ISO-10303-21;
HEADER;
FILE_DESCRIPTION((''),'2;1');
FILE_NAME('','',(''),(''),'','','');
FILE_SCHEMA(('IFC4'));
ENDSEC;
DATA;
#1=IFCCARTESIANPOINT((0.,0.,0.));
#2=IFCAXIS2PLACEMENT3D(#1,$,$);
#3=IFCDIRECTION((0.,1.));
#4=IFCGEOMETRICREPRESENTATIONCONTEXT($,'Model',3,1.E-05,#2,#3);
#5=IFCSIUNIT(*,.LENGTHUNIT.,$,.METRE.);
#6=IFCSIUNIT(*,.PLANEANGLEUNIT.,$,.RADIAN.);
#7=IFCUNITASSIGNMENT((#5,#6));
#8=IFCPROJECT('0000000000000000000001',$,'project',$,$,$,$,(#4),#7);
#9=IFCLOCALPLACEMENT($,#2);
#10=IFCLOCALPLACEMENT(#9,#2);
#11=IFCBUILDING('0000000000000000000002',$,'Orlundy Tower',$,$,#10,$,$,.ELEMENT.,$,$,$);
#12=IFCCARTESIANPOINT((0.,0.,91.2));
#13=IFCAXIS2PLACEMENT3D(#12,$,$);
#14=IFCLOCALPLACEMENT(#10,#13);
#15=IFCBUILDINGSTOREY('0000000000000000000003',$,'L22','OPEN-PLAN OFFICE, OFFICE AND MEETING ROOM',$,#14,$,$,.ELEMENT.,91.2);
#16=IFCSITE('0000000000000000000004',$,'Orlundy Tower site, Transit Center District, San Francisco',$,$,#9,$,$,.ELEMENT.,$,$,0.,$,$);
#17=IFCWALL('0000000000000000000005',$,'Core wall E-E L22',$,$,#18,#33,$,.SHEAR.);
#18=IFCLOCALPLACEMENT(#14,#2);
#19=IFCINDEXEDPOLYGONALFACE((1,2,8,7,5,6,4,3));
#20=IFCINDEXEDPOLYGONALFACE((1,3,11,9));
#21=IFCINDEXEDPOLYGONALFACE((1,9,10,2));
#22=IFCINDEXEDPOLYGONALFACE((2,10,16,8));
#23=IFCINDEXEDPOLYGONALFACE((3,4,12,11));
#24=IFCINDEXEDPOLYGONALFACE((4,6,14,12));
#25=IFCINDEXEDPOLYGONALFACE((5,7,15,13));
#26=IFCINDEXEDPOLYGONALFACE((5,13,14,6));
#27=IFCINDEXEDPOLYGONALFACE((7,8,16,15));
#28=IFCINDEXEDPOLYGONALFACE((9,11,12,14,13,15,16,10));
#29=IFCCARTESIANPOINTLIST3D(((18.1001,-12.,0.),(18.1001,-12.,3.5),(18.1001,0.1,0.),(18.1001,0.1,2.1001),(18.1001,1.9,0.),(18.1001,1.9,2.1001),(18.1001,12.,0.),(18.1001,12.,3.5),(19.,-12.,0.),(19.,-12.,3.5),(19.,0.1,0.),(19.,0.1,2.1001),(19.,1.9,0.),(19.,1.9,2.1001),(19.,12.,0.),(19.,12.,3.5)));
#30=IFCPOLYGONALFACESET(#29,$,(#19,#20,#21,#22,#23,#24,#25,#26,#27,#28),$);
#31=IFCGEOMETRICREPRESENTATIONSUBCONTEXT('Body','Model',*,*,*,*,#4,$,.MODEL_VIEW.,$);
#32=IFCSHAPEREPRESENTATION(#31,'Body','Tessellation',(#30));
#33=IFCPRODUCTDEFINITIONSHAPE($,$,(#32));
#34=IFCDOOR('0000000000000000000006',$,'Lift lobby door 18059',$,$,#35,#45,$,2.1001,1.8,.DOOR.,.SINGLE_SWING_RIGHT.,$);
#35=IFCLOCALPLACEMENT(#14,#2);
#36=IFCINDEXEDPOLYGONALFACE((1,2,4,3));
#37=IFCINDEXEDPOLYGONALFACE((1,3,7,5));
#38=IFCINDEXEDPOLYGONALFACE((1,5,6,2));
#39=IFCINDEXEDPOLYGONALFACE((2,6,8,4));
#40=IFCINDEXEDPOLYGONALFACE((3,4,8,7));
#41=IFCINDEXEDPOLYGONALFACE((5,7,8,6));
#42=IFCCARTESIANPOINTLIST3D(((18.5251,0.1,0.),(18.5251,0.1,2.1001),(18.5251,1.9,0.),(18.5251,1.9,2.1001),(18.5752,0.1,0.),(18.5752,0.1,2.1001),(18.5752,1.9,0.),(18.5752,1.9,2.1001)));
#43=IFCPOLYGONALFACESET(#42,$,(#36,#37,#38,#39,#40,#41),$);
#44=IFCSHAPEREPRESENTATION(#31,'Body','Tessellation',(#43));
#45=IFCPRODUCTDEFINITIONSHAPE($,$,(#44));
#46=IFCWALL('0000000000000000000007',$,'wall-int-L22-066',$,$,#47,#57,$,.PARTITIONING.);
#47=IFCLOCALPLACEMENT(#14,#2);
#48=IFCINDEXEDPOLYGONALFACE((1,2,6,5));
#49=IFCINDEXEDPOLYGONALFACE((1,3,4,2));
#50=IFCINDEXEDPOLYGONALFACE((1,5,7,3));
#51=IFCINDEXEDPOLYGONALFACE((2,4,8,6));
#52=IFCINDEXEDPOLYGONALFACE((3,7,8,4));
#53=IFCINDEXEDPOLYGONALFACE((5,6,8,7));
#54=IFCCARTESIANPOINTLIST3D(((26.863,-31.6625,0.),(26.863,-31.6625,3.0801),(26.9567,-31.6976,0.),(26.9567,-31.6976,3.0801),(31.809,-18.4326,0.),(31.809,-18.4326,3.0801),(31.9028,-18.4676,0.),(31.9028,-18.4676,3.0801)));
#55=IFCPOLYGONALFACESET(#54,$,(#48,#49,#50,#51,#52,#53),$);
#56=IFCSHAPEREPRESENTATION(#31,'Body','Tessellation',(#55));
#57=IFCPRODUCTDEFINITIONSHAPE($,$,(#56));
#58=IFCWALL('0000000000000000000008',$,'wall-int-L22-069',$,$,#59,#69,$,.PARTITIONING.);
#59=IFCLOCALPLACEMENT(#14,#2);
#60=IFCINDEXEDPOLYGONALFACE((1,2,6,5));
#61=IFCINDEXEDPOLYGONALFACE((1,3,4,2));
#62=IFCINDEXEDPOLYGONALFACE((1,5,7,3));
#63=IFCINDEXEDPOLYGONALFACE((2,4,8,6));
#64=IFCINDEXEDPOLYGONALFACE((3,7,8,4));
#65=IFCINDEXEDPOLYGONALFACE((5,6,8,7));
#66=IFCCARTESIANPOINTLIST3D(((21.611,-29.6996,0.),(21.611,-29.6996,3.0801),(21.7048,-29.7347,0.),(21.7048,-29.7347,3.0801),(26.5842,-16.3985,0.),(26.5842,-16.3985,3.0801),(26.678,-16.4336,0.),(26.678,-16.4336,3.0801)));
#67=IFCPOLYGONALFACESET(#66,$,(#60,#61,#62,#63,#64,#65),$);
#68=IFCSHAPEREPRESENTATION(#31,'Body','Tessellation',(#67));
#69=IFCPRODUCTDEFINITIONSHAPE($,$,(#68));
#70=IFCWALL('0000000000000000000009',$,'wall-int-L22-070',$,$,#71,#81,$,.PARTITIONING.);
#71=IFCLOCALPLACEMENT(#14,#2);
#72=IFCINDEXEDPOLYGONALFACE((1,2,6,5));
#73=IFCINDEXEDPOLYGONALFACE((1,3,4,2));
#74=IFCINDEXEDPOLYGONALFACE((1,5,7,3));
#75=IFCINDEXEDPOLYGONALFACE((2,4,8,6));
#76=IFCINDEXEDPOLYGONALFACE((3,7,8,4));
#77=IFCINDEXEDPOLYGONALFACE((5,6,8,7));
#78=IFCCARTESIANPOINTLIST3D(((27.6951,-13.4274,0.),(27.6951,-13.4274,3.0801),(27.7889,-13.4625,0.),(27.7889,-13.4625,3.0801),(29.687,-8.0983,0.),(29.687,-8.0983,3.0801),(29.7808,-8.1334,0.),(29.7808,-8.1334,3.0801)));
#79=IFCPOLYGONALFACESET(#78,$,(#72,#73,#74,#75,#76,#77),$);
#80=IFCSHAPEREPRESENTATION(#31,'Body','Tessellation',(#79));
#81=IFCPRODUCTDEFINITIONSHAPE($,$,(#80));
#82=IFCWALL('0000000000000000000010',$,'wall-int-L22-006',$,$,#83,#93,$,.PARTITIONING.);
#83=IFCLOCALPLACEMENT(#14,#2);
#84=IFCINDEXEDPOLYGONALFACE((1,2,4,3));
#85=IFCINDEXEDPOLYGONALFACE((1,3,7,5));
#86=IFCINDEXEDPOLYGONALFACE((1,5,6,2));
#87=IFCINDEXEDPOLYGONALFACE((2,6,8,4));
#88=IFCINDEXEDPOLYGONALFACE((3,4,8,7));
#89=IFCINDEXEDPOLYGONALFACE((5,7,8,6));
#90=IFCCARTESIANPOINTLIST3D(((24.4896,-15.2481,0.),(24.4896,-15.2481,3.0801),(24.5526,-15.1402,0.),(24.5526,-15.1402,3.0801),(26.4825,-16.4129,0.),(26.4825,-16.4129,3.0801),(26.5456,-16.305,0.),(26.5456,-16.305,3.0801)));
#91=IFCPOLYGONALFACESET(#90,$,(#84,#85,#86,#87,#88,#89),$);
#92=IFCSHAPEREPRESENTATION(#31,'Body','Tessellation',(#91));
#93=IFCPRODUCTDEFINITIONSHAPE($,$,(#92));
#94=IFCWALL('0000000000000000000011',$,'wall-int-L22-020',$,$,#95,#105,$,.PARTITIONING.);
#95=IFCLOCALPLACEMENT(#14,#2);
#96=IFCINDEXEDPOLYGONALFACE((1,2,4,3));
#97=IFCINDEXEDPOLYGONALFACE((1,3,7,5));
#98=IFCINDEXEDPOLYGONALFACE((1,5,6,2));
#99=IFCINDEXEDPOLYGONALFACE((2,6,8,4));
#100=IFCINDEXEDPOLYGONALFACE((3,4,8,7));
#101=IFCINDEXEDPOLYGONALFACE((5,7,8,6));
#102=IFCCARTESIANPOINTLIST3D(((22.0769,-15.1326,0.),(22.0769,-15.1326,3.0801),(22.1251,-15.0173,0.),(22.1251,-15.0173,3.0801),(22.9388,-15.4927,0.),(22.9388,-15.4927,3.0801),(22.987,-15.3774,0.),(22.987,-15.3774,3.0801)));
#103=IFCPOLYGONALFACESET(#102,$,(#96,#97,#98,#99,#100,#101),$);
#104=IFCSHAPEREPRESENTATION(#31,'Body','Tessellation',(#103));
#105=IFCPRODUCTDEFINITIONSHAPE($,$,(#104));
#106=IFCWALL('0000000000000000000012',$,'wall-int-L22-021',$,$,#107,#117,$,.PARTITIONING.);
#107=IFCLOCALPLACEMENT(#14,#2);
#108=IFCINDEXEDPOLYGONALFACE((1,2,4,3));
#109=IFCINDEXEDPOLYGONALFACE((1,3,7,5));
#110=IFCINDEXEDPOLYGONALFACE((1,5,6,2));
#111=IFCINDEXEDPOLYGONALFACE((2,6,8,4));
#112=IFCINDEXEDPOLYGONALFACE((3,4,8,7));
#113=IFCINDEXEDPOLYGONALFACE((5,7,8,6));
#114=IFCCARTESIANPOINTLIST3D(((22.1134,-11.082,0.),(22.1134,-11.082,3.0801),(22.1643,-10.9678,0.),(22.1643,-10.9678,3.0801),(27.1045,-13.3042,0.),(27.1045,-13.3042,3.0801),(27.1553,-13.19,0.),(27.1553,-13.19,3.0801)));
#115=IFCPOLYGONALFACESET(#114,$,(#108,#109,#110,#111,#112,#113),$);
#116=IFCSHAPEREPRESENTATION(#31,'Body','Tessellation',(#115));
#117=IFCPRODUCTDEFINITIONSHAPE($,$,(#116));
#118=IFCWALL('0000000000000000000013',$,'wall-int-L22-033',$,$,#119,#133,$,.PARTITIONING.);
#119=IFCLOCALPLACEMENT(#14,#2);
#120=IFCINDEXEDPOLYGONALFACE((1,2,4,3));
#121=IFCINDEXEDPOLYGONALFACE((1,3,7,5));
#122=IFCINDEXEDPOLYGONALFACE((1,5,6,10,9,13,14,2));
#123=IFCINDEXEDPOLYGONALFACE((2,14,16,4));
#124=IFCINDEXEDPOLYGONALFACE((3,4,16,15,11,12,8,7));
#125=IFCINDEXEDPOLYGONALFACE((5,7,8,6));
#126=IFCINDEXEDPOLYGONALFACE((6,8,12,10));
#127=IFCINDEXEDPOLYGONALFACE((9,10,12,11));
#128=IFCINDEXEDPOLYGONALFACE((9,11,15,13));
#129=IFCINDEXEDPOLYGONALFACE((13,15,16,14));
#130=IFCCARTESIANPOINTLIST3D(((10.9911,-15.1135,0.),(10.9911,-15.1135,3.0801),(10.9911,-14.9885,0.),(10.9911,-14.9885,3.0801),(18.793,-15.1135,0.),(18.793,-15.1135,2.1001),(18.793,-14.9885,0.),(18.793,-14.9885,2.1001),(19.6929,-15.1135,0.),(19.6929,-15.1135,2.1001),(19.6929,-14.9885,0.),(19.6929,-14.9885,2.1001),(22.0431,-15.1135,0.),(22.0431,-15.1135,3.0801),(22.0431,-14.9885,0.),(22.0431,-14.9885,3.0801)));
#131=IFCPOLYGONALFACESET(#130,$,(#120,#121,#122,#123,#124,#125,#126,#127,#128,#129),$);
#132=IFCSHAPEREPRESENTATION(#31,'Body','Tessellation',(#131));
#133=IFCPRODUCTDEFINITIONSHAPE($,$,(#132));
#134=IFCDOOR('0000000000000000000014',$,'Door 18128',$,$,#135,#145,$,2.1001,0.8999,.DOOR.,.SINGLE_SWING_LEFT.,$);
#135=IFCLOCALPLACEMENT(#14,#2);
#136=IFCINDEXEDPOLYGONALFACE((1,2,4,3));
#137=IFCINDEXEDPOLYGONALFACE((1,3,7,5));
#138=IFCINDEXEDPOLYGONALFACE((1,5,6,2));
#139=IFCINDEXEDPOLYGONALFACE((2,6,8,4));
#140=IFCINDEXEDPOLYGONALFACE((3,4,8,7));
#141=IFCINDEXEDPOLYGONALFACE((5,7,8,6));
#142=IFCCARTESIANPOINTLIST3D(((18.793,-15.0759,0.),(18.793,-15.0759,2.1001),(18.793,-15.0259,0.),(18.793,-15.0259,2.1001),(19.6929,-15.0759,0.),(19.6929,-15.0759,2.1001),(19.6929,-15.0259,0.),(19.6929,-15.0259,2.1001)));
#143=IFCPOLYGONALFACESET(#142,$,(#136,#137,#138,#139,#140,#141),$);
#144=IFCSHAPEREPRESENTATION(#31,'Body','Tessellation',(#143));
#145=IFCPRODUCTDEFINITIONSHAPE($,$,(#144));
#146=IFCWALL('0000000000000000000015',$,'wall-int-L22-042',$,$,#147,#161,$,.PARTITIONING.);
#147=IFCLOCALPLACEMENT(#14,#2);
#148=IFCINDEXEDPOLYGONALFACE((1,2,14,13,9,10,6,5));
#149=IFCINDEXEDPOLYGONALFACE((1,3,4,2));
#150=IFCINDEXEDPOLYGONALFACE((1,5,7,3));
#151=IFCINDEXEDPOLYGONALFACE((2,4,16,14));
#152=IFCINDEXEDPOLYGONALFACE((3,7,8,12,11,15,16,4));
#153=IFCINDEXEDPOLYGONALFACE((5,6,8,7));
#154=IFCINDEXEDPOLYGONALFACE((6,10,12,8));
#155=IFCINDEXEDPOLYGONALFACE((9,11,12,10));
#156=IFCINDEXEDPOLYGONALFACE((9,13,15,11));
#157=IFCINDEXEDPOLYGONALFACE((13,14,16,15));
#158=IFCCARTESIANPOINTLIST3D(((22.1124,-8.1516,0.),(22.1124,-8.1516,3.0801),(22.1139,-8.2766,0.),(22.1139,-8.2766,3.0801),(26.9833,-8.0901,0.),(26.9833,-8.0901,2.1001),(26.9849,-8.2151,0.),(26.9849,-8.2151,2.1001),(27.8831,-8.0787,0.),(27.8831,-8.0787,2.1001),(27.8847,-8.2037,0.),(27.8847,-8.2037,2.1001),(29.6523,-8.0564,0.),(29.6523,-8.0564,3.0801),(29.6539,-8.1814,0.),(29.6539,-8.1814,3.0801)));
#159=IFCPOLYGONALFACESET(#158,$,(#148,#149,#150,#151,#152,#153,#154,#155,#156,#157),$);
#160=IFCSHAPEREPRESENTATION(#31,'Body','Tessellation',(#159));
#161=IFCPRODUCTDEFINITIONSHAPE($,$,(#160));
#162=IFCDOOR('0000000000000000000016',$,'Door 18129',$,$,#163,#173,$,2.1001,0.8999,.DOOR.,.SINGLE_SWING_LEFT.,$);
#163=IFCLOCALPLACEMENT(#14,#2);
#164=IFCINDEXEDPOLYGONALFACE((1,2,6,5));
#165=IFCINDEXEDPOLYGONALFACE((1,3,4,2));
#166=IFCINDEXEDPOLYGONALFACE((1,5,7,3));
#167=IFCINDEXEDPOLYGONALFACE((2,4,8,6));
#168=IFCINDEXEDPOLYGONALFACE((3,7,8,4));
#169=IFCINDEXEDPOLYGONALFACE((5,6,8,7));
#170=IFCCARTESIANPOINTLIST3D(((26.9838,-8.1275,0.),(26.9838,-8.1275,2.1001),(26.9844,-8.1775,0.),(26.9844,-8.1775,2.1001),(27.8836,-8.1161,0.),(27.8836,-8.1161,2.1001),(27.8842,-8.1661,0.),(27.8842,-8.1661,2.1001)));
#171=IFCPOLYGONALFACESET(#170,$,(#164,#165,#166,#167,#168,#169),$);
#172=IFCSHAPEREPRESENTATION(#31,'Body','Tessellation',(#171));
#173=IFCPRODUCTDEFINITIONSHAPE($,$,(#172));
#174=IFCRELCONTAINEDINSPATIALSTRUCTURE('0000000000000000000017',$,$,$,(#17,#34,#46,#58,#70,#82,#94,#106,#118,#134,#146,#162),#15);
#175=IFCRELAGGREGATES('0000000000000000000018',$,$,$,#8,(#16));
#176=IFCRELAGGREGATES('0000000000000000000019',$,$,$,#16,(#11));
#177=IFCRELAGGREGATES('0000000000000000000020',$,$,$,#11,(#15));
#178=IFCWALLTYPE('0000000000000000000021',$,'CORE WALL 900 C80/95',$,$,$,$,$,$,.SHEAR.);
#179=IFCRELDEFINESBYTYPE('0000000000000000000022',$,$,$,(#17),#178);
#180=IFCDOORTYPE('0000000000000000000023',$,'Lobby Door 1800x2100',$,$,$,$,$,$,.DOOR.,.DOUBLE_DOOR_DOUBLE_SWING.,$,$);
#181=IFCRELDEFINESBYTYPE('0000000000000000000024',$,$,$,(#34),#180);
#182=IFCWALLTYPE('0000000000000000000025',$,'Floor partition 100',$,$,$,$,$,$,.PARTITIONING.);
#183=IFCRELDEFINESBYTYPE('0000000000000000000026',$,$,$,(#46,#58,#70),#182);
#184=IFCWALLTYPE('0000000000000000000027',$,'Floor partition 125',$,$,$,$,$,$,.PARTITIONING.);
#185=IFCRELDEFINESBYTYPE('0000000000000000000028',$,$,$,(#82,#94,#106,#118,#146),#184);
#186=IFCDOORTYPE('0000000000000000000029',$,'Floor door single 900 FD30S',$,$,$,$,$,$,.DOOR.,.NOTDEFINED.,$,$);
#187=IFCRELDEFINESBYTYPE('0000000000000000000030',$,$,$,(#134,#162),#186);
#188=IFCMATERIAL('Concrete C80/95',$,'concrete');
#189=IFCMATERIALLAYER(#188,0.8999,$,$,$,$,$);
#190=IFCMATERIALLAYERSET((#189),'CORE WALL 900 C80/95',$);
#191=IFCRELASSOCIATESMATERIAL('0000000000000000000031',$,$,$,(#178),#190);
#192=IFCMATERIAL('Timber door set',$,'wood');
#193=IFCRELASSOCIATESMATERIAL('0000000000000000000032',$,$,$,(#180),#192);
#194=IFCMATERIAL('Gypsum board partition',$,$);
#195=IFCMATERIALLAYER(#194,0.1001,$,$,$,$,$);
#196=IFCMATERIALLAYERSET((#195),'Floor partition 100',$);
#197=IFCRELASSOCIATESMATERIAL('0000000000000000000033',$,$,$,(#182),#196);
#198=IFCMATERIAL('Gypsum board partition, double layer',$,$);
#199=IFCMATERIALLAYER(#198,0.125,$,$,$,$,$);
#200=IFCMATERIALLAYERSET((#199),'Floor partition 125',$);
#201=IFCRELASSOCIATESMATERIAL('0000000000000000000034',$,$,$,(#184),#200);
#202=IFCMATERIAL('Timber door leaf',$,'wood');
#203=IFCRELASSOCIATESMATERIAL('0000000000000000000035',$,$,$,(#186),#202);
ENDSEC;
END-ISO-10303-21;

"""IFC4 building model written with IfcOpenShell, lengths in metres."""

from ifc_helpers import new_model, si_unit, direction, frame, frame_2d, origin, place, context, subcontext, project, spatial, rectangle, extrude, material, layer, layer_set, type_object, element, fill, save


model = new_model("IFC4")

# Units and contexts
model_context = context("Model", 3, precision=1e-05, world=origin(), true_north=direction((0.0, 1.0)))
body_context = subcontext(model_context, "Body", "Model", "MODEL_VIEW")
ifc_project = project(units=[si_unit("LENGTHUNIT", "METRE"), si_unit("PLANEANGLEUNIT", "RADIAN")], contexts=[model_context])

# Site, building, storey
site_placement = place(None, origin())
site = spatial("IfcSite", under=ifc_project, at=site_placement, Name="Orlundy Tower site, Transit Center District, San Francisco", CompositionType="ELEMENT", RefElevation=0.0)
building_placement = place(site_placement, origin())
building = spatial("IfcBuilding", under=site, at=building_placement, Name="Orlundy Tower", CompositionType="ELEMENT")
storey_placement = place(building_placement, frame((0.0, 0.0, 91.2)))
storey = spatial("IfcBuildingStorey", under=building, at=storey_placement, Name="L22", Description="OPEN-PLAN OFFICE, OFFICE AND MEETING ROOM", CompositionType="ELEMENT", Elevation=91.2)

# Wall, opening, door
ifc_material_1 = material(Name="Concrete C80/95", Category="concrete")
ifc_layer_1 = layer(ifc_material_1, 0.8999)
ifc_layer_set_1 = layer_set([ifc_layer_1], Name="CORE WALL 900 C80/95")
wall_type_1 = type_object("IfcWallType", Name="CORE WALL 900 C80/95", PredefinedType="SHEAR", material=ifc_layer_set_1)
wall_1_placement = place(storey_placement, frame((18.55, -12.0, 0.0), z_axis=(0.0, 0.0, 1.0), x_axis=(0.0, 1.0, 0.0)))
wall_1 = element("IfcWall", 1, at=wall_1_placement, inside=storey, type_object=wall_type_1, Name="Core wall E-E L22", PredefinedType="SHEAR", context=body_context, shape_type="SweptSolid", body=[
    extrude(rectangle(XDim=24.0, YDim=0.8999, at=frame_2d((12.0, 0.0))), origin(), (0.0, 0.0, 1.0), 3.5),
])
opening_1_placement = place(wall_1_placement, frame((12.1001, 0.0, 0.0)))
opening_1 = element("IfcOpeningElement", 2, at=opening_1_placement, cuts=wall_1, PredefinedType="OPENING", context=body_context, shape_type="SweptSolid", body=[
    extrude(rectangle(XDim=1.8, YDim=2.1001, at=frame_2d((0.8999, 1.05))), frame((0.0, 0.46, 0.0), z_axis=(0.0, -1.0, 0.0), x_axis=(1.0, 0.0, 0.0)), (0.0, 0.0, 1.0), 0.9199),
])
ifc_material_2 = material(Name="Timber door set", Category="wood")
door_type_1 = type_object("IfcDoorType", Name="Lobby Door 1800x2100", OperationType="DOUBLE_DOOR_DOUBLE_SWING", PredefinedType="DOOR", material=ifc_material_2)
door_1_placement = place(opening_1_placement, origin())
door_1 = element("IfcDoor", 3, at=door_1_placement, inside=storey, type_object=door_type_1, Name="Lift lobby door 18059", OperationType="SINGLE_SWING_RIGHT", OverallHeight=2.1001, OverallWidth=1.8, PredefinedType="DOOR", context=body_context, shape_type="SweptSolid", body=[
    extrude(rectangle(XDim=1.8, YDim=2.1001, at=frame_2d((0.8999, 1.05))), frame((0.0, 0.0249, 0.0), z_axis=(0.0, -1.0, 0.0), x_axis=(1.0, 0.0, 0.0)), (0.0, 0.0, 1.0), 0.05),
])
fill(opening_1, door_1)

# Walls
ifc_material_3 = material(Name="Gypsum board partition")
ifc_layer_2 = layer(ifc_material_3, 0.1001)
ifc_layer_set_2 = layer_set([ifc_layer_2], Name="Floor partition 100")
wall_type_2 = type_object("IfcWallType", Name="Floor partition 100", PredefinedType="PARTITIONING", material=ifc_layer_set_2)
wall_2_placement = place(storey_placement, frame((26.9099, -31.6799, 0.0), z_axis=(0.0, 0.0, 1.0), x_axis=(0.35018, 0.936682, 0.0)))
element("IfcWall", 4, at=wall_2_placement, inside=storey, type_object=wall_type_2, Name="wall-int-L22-066", PredefinedType="PARTITIONING", context=body_context, shape_type="SweptSolid", body=[
    extrude(rectangle(XDim=14.1243, YDim=0.1001, at=frame_2d((7.062, 0.0))), origin(), (0.0, 0.0, 1.0), 3.0801),
])
wall_3_placement = place(storey_placement, frame((21.658, -29.717, 0.0), z_axis=(0.0, 0.0, 1.0), x_axis=(0.350213, 0.93667, 0.0)))
element("IfcWall", 5, at=wall_3_placement, inside=storey, type_object=wall_type_2, Name="wall-int-L22-069", PredefinedType="PARTITIONING", context=body_context, shape_type="SweptSolid", body=[
    extrude(rectangle(XDim=14.2004, YDim=0.1001, at=frame_2d((7.1001, 0.0))), origin(), (0.0, 0.0, 1.0), 3.0801),
])
wall_4_placement = place(storey_placement, frame((27.7419, -13.4451, 0.0), z_axis=(0.0, 0.0, 1.0), x_axis=(0.350126, 0.936703, 0.0)))
element("IfcWall", 6, at=wall_4_placement, inside=storey, type_object=wall_type_2, Name="wall-int-L22-070", PredefinedType="PARTITIONING", context=body_context, shape_type="SweptSolid", body=[
    extrude(rectangle(XDim=5.6892, YDim=0.1001, at=frame_2d((2.8447, 0.0))), origin(), (0.0, 0.0, 1.0), 3.0801),
])
ifc_material_4 = material(Name="Gypsum board partition, double layer")
ifc_layer_3 = layer(ifc_material_4, 0.125)
ifc_layer_set_3 = layer_set([ifc_layer_3], Name="Floor partition 125")
wall_type_3 = type_object("IfcWallType", Name="Floor partition 125", PredefinedType="PARTITIONING", material=ifc_layer_set_3)
wall_5_placement = place(storey_placement, frame((24.521, -15.1941, 0.0), z_axis=(0.0, 0.0, 1.0), x_axis=(0.863353, -0.504601, 0.0)))
element("IfcWall", 7, at=wall_5_placement, inside=storey, type_object=wall_type_3, Name="wall-int-L22-006", PredefinedType="PARTITIONING", context=body_context, shape_type="SweptSolid", body=[
    extrude(rectangle(XDim=2.3083, YDim=0.125, at=frame_2d((1.1543, 0.0))), origin(), (0.0, 0.0, 1.0), 3.0801),
])
wall_6_placement = place(storey_placement, frame((22.9629, -15.4351, 0.0), z_axis=(0.0, 0.0, 1.0), x_axis=(-0.92269, 0.385543, 0.0)))
element("IfcWall", 8, at=wall_6_placement, inside=storey, type_object=wall_type_3, Name="wall-int-L22-020", PredefinedType="PARTITIONING", context=body_context, shape_type="SweptSolid", body=[
    extrude(rectangle(XDim=0.9341, YDim=0.125, at=frame_2d((0.467, 0.0))), origin(), (0.0, 0.0, 1.0), 3.0801),
])
wall_7_placement = place(storey_placement, frame((27.1299, -13.2471, 0.0), z_axis=(0.0, 0.0, 1.0), x_axis=(-0.913542, 0.406744, 0.0)))
element("IfcWall", 9, at=wall_7_placement, inside=storey, type_object=wall_type_3, Name="wall-int-L22-021", PredefinedType="PARTITIONING", context=body_context, shape_type="SweptSolid", body=[
    extrude(rectangle(XDim=5.4634, YDim=0.125, at=frame_2d((2.7317, 0.0))), origin(), (0.0, 0.0, 1.0), 3.0801),
])

# Walls, openings, doors
wall_8_placement = place(storey_placement, frame((22.043, -15.051, 0.0), z_axis=(0.0, 0.0, 1.0), x_axis=(-1.0, 0.0, 0.0)))
wall_8 = element("IfcWall", 10, at=wall_8_placement, inside=storey, type_object=wall_type_3, Name="wall-int-L22-033", PredefinedType="PARTITIONING", context=body_context, shape_type="SweptSolid", body=[
    extrude(rectangle(XDim=11.052, YDim=0.125, at=frame_2d((5.5259, 0.0))), origin(), (0.0, 0.0, 1.0), 3.0801),
])
opening_2_placement = place(wall_8_placement, frame((2.3501, 0.0, 0.0)))
opening_2 = element("IfcOpeningElement", 11, at=opening_2_placement, cuts=wall_8, PredefinedType="OPENING", context=body_context, shape_type="SweptSolid", body=[
    extrude(rectangle(XDim=0.8999, YDim=2.1001, at=frame_2d((0.45, 1.05))), frame((0.0, 0.0725, 0.0), z_axis=(0.0, -1.0, 0.0), x_axis=(1.0, 0.0, 0.0)), (0.0, 0.0, 1.0), 0.145),
])
ifc_material_5 = material(Name="Timber door leaf", Category="wood")
door_type_2 = type_object("IfcDoorType", Name="Floor door single 900 FD30S", OperationType="NOTDEFINED", PredefinedType="DOOR", material=ifc_material_5)
door_2_placement = place(opening_2_placement, origin())
door_2 = element("IfcDoor", 12, at=door_2_placement, inside=storey, type_object=door_type_2, Name="Door 18128", OperationType="SINGLE_SWING_LEFT", OverallHeight=2.1001, OverallWidth=0.8999, PredefinedType="DOOR", context=body_context, shape_type="SweptSolid", body=[
    extrude(rectangle(XDim=0.8999, YDim=2.1001, at=frame_2d((0.45, 1.05))), frame((0.0, 0.0249, 0.0), z_axis=(0.0, -1.0, 0.0), x_axis=(1.0, 0.0, 0.0)), (0.0, 0.0, 1.0), 0.05),
])
fill(opening_2, door_2)
wall_9_placement = place(storey_placement, frame((29.6531, -8.1189, 0.0), z_axis=(0.0, 0.0, 1.0), x_axis=(-0.99992, -0.012627, 0.0)))
wall_9 = element("IfcWall", 13, at=wall_9_placement, inside=storey, type_object=wall_type_3, Name="wall-int-L22-042", PredefinedType="PARTITIONING", context=body_context, shape_type="SweptSolid", body=[
    extrude(rectangle(XDim=7.5405, YDim=0.125, at=frame_2d((3.7703, 0.0))), origin(), (0.0, 0.0, 1.0), 3.0801),
])
opening_3_placement = place(wall_9_placement, frame((1.7693, 0.0, 0.0)))
opening_3 = element("IfcOpeningElement", 14, at=opening_3_placement, cuts=wall_9, PredefinedType="OPENING", context=body_context, shape_type="SweptSolid", body=[
    extrude(rectangle(XDim=0.8999, YDim=2.1001, at=frame_2d((0.45, 1.05))), frame((0.0, 0.0725, 0.0), z_axis=(0.0, -1.0, 0.0), x_axis=(1.0, 0.0, 0.0)), (0.0, 0.0, 1.0), 0.145),
])
door_3_placement = place(opening_3_placement, origin())
door_3 = element("IfcDoor", 15, at=door_3_placement, inside=storey, type_object=door_type_2, Name="Door 18129", OperationType="SINGLE_SWING_LEFT", OverallHeight=2.1001, OverallWidth=0.8999, PredefinedType="DOOR", context=body_context, shape_type="SweptSolid", body=[
    extrude(rectangle(XDim=0.8999, YDim=2.1001, at=frame_2d((0.45, 1.05))), frame((0.0, 0.0249, 0.0), z_axis=(0.0, -1.0, 0.0), x_axis=(1.0, 0.0, 0.0)), (0.0, 0.0, 1.0), 0.05),
])
fill(opening_3, door_3)

save(model, "model.ifc")
